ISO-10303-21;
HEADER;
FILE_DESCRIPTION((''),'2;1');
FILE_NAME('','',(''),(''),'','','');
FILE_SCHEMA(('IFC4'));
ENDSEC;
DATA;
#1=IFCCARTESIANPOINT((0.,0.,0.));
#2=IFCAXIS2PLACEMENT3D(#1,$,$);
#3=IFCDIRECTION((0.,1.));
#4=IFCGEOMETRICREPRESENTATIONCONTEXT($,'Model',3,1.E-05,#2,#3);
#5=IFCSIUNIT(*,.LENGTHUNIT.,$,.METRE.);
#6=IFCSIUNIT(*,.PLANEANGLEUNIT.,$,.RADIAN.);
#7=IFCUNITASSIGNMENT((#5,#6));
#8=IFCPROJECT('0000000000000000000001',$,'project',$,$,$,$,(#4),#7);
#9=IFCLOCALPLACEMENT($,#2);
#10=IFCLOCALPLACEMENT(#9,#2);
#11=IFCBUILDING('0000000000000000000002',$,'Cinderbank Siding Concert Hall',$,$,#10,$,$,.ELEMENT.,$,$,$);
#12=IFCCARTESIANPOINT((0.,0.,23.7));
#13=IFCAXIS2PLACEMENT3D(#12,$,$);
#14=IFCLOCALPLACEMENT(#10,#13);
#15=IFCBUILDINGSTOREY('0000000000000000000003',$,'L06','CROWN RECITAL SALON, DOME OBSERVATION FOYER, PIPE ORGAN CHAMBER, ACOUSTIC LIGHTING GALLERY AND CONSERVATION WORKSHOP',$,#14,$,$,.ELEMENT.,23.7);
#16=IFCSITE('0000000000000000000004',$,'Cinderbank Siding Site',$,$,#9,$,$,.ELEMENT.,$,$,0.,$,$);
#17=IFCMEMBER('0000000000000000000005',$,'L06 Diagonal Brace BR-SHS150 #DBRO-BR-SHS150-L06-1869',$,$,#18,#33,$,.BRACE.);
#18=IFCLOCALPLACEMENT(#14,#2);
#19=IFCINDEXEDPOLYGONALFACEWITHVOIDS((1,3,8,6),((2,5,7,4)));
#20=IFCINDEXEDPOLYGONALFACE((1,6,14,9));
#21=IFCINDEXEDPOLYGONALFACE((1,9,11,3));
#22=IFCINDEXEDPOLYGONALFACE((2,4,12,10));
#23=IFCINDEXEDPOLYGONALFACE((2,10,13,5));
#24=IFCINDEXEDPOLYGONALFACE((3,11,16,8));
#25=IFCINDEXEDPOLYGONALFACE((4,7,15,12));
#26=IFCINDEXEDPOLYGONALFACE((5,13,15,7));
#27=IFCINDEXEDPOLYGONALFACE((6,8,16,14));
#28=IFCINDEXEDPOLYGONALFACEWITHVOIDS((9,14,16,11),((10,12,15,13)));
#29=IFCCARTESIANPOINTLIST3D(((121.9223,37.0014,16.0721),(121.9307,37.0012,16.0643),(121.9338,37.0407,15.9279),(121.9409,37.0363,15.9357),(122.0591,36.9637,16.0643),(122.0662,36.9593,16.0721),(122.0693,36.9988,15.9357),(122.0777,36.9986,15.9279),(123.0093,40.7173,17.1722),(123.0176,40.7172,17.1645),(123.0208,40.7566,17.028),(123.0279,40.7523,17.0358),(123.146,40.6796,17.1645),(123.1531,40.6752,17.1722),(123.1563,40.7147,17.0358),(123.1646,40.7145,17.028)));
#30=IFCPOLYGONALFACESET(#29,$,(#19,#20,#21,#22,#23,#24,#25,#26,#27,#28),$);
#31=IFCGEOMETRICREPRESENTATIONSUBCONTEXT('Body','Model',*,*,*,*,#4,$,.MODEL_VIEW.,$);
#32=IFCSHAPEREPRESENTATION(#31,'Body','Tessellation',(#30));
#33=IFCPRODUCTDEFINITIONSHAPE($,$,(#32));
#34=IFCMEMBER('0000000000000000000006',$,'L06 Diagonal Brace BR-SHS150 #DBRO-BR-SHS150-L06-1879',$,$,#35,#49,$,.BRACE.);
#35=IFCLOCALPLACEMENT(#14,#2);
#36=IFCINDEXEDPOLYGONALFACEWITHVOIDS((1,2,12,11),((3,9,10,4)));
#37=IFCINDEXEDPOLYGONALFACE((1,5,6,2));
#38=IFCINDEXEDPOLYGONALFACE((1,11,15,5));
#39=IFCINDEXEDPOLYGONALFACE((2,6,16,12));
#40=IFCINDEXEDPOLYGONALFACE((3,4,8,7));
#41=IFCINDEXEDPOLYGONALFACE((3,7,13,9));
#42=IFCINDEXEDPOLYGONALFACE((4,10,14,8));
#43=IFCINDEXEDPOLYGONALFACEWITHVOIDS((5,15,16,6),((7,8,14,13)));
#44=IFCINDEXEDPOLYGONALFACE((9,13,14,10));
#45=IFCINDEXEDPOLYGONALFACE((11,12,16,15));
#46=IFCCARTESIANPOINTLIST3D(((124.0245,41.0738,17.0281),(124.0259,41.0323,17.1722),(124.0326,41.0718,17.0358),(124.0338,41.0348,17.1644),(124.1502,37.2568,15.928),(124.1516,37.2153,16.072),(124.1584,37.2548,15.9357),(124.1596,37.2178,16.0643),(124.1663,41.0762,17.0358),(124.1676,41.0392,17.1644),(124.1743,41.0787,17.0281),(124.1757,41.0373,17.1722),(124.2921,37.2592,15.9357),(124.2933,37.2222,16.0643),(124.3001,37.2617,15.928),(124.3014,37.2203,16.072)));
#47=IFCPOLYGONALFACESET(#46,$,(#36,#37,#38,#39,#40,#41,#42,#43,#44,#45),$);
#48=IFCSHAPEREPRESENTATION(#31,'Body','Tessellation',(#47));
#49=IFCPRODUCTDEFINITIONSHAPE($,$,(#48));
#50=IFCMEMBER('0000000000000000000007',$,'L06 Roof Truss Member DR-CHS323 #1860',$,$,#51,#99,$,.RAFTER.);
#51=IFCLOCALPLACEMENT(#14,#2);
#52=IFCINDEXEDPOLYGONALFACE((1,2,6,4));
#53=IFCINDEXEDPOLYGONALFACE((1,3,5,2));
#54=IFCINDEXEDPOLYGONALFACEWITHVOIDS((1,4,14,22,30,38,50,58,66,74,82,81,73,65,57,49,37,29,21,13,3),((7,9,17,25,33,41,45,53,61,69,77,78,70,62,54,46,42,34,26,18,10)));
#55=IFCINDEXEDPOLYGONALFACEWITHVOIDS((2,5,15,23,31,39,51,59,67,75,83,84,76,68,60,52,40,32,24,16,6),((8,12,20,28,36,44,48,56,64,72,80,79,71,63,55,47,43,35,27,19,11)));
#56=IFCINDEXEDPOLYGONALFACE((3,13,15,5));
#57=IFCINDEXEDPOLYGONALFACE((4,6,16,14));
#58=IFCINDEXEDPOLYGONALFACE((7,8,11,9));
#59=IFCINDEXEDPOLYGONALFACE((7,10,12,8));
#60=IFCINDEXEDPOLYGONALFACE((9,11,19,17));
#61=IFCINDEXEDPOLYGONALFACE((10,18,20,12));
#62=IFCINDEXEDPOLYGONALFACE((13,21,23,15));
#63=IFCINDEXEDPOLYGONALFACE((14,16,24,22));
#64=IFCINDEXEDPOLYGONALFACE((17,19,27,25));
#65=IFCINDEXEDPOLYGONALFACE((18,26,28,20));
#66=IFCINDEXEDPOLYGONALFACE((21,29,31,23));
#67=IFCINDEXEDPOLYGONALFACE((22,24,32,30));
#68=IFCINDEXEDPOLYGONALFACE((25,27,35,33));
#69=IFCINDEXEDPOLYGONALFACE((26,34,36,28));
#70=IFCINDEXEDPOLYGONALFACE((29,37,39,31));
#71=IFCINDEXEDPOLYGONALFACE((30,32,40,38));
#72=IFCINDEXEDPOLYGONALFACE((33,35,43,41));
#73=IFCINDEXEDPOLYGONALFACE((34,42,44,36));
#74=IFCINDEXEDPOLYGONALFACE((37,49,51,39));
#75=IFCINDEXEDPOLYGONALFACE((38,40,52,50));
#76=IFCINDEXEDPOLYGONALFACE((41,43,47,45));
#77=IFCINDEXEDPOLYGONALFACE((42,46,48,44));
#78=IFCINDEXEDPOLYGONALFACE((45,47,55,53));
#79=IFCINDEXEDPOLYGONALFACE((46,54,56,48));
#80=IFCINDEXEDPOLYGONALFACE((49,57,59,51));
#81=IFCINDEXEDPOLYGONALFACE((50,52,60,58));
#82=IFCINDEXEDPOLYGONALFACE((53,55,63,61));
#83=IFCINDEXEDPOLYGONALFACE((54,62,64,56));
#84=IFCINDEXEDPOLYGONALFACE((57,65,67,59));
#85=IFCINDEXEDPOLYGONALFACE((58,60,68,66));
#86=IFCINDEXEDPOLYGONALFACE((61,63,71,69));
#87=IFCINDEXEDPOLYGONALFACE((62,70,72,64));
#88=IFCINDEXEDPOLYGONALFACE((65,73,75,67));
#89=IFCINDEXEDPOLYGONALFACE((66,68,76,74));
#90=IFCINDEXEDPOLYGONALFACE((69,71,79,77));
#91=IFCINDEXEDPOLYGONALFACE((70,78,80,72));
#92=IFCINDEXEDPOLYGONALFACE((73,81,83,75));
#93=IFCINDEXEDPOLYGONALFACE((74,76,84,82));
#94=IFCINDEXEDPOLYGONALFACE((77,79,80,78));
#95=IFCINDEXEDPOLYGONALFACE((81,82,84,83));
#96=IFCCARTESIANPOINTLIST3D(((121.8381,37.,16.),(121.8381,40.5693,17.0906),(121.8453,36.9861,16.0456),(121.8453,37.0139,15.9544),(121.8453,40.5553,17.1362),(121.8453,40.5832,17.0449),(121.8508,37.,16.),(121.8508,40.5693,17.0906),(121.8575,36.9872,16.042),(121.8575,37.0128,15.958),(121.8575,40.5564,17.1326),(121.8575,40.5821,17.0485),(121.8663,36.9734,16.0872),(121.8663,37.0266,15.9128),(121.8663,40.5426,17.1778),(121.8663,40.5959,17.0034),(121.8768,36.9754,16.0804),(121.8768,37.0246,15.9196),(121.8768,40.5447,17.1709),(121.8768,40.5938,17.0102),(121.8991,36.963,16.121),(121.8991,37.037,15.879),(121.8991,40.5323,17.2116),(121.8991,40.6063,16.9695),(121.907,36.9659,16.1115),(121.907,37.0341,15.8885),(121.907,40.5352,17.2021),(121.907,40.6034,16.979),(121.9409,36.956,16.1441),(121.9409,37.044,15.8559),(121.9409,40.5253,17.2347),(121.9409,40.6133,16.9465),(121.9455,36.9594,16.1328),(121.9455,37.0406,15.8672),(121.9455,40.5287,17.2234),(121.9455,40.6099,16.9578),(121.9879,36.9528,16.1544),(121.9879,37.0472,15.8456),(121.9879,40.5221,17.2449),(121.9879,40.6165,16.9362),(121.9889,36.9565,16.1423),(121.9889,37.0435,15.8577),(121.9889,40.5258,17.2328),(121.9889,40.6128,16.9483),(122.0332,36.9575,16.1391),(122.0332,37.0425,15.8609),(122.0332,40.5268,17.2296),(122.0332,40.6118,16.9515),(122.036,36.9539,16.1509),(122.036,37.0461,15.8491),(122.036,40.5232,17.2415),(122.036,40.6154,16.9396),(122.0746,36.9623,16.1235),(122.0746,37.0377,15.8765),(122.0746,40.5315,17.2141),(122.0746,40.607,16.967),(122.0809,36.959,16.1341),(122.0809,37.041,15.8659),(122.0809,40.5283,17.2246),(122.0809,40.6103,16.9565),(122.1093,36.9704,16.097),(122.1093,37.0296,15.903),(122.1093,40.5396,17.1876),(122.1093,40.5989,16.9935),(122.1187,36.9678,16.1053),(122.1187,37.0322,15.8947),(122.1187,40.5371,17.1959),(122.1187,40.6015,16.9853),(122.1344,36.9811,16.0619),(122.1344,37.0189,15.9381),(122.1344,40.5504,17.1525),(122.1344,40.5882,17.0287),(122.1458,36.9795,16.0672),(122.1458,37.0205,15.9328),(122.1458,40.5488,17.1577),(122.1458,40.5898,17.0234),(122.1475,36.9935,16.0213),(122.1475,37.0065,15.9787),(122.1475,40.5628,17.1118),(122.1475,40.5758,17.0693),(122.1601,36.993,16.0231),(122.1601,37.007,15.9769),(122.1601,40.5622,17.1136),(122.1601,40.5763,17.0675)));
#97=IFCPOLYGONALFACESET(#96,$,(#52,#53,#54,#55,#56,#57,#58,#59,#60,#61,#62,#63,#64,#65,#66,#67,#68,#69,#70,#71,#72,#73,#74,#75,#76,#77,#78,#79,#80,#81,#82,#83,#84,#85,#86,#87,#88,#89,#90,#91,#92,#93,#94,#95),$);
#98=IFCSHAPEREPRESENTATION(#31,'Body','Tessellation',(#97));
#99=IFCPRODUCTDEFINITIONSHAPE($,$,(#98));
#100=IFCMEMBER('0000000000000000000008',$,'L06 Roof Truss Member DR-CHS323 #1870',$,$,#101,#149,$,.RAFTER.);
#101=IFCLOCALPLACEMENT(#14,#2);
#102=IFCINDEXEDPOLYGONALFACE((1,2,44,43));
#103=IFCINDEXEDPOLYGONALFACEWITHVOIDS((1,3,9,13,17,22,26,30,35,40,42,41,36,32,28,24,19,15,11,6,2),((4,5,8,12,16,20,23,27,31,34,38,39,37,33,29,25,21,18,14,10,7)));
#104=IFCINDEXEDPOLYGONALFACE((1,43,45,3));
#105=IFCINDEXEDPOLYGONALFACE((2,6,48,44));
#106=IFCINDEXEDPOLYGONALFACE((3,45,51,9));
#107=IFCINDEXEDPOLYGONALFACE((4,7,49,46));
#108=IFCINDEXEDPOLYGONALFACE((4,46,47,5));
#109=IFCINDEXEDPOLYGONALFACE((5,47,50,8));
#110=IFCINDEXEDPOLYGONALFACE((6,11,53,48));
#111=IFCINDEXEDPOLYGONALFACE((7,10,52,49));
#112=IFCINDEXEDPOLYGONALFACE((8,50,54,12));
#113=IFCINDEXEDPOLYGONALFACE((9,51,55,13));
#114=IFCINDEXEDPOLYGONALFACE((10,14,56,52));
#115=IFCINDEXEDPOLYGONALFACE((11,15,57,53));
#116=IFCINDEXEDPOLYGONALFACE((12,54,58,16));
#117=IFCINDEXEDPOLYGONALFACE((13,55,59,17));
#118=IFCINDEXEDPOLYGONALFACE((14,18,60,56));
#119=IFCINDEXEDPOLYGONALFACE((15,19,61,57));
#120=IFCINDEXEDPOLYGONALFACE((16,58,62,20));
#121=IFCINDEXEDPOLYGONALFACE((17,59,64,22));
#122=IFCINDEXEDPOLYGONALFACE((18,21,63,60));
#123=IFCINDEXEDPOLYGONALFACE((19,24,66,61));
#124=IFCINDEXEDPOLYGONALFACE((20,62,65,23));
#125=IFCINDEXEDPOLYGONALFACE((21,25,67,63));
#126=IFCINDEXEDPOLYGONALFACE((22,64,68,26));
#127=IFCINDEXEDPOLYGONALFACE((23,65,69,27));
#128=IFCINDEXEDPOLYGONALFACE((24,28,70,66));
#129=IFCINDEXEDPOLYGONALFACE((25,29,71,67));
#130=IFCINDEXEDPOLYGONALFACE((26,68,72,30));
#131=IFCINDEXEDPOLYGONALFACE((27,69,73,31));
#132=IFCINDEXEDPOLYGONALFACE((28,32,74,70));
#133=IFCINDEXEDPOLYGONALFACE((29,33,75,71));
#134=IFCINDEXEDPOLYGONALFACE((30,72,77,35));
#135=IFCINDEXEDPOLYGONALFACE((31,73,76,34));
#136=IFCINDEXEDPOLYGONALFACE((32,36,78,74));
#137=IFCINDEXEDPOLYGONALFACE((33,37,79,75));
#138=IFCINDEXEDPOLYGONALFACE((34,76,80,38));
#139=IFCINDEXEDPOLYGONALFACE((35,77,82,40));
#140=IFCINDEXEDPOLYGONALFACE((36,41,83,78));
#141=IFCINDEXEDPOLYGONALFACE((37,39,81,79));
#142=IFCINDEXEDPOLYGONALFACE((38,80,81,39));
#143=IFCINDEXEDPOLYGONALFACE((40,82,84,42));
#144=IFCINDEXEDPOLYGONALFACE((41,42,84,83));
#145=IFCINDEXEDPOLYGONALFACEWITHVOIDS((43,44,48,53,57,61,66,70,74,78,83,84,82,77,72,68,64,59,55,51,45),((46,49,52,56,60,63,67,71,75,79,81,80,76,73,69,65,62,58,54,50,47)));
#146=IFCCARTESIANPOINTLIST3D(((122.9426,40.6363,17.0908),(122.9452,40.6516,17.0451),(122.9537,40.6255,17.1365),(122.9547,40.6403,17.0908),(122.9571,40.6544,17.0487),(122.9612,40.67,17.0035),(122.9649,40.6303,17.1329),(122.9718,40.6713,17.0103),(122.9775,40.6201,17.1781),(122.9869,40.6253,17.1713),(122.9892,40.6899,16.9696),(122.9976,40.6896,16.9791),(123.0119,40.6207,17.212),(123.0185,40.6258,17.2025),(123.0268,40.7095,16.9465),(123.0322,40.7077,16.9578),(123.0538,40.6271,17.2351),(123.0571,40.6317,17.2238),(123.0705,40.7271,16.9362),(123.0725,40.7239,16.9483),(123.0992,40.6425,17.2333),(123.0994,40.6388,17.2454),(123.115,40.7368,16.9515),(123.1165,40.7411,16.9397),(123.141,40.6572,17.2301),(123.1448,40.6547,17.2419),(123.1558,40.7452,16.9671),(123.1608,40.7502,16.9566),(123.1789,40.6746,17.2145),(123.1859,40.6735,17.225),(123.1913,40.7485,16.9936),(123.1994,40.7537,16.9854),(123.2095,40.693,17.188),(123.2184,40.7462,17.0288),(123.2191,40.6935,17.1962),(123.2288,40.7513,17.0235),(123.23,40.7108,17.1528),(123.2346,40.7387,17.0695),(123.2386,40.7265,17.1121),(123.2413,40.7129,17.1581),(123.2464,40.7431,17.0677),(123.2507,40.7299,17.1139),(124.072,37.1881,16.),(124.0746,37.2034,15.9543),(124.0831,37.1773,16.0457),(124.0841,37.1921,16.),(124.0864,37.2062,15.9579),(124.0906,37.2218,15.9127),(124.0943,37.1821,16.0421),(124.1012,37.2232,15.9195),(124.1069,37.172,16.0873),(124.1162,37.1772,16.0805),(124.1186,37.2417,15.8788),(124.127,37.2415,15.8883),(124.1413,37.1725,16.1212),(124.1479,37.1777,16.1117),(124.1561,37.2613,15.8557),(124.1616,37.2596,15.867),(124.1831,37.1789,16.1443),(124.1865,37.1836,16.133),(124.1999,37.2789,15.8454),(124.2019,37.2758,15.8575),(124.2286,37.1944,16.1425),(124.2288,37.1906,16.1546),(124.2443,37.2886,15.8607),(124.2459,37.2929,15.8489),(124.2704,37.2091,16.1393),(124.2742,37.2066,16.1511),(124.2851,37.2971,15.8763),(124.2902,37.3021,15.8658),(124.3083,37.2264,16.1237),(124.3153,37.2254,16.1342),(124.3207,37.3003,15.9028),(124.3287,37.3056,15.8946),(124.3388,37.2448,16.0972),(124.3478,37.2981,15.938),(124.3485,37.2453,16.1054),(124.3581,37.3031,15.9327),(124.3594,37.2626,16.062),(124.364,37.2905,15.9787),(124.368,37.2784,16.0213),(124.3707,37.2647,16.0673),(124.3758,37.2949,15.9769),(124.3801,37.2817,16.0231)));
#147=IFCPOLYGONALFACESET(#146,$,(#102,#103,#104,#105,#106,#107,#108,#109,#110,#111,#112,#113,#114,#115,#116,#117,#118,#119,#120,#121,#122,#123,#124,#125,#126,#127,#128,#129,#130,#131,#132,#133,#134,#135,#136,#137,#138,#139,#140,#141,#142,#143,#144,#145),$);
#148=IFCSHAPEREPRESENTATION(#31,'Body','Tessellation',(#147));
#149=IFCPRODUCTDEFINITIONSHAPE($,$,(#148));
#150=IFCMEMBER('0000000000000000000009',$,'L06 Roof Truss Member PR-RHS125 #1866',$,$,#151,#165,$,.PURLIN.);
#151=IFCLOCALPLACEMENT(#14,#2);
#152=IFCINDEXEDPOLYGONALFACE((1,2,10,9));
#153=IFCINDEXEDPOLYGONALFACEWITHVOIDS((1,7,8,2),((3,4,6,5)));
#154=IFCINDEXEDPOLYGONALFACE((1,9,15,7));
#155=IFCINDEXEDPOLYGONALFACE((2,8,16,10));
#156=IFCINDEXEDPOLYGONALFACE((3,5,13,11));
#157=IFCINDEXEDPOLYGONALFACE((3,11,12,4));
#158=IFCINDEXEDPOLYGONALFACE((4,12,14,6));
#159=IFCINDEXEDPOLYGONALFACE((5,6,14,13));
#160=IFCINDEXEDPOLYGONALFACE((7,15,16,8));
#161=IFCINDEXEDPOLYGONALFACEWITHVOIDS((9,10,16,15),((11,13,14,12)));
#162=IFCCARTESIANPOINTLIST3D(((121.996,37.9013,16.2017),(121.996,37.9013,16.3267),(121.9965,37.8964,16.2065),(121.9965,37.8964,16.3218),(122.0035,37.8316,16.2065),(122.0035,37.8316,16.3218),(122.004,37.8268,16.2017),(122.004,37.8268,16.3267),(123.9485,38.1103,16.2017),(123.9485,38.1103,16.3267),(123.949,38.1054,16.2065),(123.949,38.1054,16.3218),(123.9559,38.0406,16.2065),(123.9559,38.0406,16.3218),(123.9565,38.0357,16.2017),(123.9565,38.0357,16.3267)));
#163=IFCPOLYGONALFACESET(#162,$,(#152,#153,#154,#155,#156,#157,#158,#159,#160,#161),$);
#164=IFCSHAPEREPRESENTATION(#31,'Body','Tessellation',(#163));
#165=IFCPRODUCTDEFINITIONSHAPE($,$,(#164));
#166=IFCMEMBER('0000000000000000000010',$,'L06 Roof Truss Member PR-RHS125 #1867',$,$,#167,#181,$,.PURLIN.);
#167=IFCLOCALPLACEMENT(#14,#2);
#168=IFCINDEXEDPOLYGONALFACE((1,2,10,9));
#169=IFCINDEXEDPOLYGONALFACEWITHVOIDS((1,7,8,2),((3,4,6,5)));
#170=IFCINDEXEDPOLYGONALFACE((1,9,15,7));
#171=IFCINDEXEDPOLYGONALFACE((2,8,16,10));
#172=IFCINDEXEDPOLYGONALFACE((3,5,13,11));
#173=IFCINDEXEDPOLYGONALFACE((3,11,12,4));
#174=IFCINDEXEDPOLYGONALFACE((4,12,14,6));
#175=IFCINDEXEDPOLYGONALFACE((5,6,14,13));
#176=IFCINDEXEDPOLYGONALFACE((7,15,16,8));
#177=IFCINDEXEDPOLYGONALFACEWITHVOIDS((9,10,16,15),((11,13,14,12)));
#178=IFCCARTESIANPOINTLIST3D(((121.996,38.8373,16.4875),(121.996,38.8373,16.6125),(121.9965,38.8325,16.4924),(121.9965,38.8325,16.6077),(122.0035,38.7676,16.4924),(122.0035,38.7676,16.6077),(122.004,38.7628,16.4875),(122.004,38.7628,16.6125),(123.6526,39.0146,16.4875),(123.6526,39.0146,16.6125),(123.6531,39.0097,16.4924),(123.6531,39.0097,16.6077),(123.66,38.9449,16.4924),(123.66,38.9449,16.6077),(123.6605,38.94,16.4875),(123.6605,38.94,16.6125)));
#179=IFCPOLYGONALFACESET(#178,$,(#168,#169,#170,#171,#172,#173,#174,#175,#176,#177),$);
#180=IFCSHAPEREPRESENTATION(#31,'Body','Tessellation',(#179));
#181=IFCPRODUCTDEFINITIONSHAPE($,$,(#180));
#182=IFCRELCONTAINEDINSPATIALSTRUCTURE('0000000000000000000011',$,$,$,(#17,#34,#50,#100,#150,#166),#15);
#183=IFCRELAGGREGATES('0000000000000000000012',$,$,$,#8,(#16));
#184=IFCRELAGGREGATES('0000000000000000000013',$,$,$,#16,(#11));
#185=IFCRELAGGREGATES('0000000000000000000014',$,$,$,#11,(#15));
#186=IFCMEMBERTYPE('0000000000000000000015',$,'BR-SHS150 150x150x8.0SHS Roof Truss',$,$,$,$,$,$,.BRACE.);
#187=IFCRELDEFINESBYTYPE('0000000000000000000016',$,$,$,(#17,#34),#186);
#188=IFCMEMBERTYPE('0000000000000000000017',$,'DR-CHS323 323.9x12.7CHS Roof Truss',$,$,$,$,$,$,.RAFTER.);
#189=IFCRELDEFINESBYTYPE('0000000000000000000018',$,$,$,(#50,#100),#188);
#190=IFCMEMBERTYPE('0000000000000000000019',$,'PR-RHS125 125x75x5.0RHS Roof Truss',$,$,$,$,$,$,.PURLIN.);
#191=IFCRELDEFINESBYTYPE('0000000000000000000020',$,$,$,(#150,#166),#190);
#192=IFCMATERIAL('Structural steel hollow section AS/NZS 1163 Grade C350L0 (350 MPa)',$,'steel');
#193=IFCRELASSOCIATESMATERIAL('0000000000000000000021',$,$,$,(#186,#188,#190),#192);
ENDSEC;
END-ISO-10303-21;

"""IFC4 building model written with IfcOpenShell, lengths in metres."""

from ifc_helpers import new_model, si_unit, direction, frame, origin, origin_2d, place, context, subcontext, project, spatial, hollow_rectangle, hollow_circle, extrude, material, material_profile, profile_set, type_object, element, save


model = new_model("IFC4")

# Units and contexts
model_context = context("Model", 3, precision=1e-05, world=origin(), true_north=direction((0.0, 1.0)))
body_context = subcontext(model_context, "Body", "Model", "MODEL_VIEW")
ifc_project = project(units=[si_unit("LENGTHUNIT", "METRE"), si_unit("PLANEANGLEUNIT", "RADIAN")], contexts=[model_context])

# Site, building, storey
site_placement = place(None, origin())
site = spatial("IfcSite", under=ifc_project, at=site_placement, Name="Cinderbank Siding Site", CompositionType="ELEMENT", RefElevation=0.0)
building_placement = place(site_placement, origin())
building = spatial("IfcBuilding", under=site, at=building_placement, Name="Cinderbank Siding Concert Hall", CompositionType="ELEMENT")
storey_placement = place(building_placement, frame((0.0, 0.0, 23.7)))
storey = spatial("IfcBuildingStorey", under=building, at=storey_placement, Name="L06", Description="CROWN RECITAL SALON, DOME OBSERVATION FOYER, PIPE ORGAN CHAMBER, ACOUSTIC LIGHTING GALLERY AND CONSERVATION WORKSHOP", CompositionType="ELEMENT", Elevation=23.7)

# Members
ifc_material_1 = material(Name="Structural steel hollow section AS/NZS 1163 Grade C350L0 (350 MPa)", Category="steel")
ifc_material_profile_1 = material_profile(ifc_material_1, hollow_rectangle(XDim=0.1499, YDim=0.1499, WallThickness=0.0081, at=origin_2d()), Name="150x150x8.0SHS", Category="LoadBearing")
ifc_profile_set_1 = profile_set([ifc_material_profile_1], Name="Structural steel hollow section AS/NZS 1163 Grade C350L0 (350 MPa)")
member_type_1 = type_object("IfcMemberType", Name="BR-SHS150 150x150x8.0SHS Roof Truss", PredefinedType="BRACE", material=ifc_profile_set_1)
member_1_placement = place(storey_placement, frame((122.0, 37.0, 16.0), z_axis=(0.270055, 0.923234, 0.273331), x_axis=(-0.959782, 0.280746, 0.0)))
element("IfcMember", 1, at=member_1_placement, inside=storey, type_object=member_type_1, Name="L06 Diagonal Brace BR-SHS150 #DBRO-BR-SHS150-L06-1869", PredefinedType="BRACE", context=body_context, shape_type="SweptSolid", body=[
    extrude(hollow_rectangle(XDim=0.1499, YDim=0.1499, WallThickness=0.0081, at=origin_2d()), origin(), (0.0, 0.0, 1.0), 4.0249),
])
member_2_placement = place(storey_placement, frame((124.2258, 37.2385, 16.0), z_axis=(-0.031637, 0.960405, 0.276806), x_axis=(-0.999458, -0.032923, 0.0)))
element("IfcMember", 2, at=member_2_placement, inside=storey, type_object=member_type_1, Name="L06 Diagonal Brace BR-SHS150 #DBRO-BR-SHS150-L06-1879", PredefinedType="BRACE", context=body_context, shape_type="SweptSolid", body=[
    extrude(hollow_rectangle(XDim=0.1499, YDim=0.1499, WallThickness=0.0081, at=origin_2d()), origin(), (0.0, 0.0, 1.0), 3.9744),
])
ifc_material_profile_2 = material_profile(ifc_material_1, hollow_circle(Radius=0.1619, WallThickness=0.0127, at=origin_2d()), Name="323.9x12.7CHS", Category="LoadBearing")
ifc_profile_set_2 = profile_set([ifc_material_profile_2], Name="Structural steel hollow section AS/NZS 1163 Grade C350L0 (350 MPa)")
member_type_2 = type_object("IfcMemberType", Name="DR-CHS323 323.9x12.7CHS Roof Truss", PredefinedType="RAFTER", material=ifc_profile_set_2)
member_3_placement = place(storey_placement, frame((122.0, 37.0, 16.0), z_axis=(0.0, 0.956356, 0.292205), x_axis=(-1.0, 0.0, 0.0)))
element("IfcMember", 3, at=member_3_placement, inside=storey, type_object=member_type_2, Name="L06 Roof Truss Member DR-CHS323 #1860", PredefinedType="RAFTER", context=body_context, shape_type="SweptSolid", body=[
    extrude(hollow_circle(Radius=0.1619, WallThickness=0.0127, at=origin_2d()), origin(), (0.0, 0.0, 1.0), 3.7322),
])
member_4_placement = place(storey_placement, frame((124.2258, 37.2385, 16.0), z_axis=(-0.298079, 0.91009, 0.287899), x_axis=(-0.950325, -0.311258, 0.0)))
element("IfcMember", 4, at=member_4_placement, inside=storey, type_object=member_type_2, Name="L06 Roof Truss Member DR-CHS323 #1870", PredefinedType="RAFTER", context=body_context, shape_type="SweptSolid", body=[
    extrude(hollow_circle(Radius=0.1619, WallThickness=0.0127, at=origin_2d()), origin(), (0.0, 0.0, 1.0), 3.7888),
])
ifc_material_profile_3 = material_profile(ifc_material_1, hollow_rectangle(XDim=0.075, YDim=0.125, WallThickness=0.0049, at=origin_2d()), Name="125x75x5.0RHS", Category="LoadBearing")
ifc_profile_set_3 = profile_set([ifc_material_profile_3], Name="Structural steel hollow section AS/NZS 1163 Grade C350L0 (350 MPa)")
member_type_3 = type_object("IfcMemberType", Name="PR-RHS125 125x75x5.0RHS Roof Truss", PredefinedType="PURLIN", material=ifc_profile_set_3)
member_5_placement = place(storey_placement, frame((122.0, 37.864, 16.2642), z_axis=(0.99432, 0.106432, 0.0), x_axis=(-0.106432, 0.99432, 0.0)))
element("IfcMember", 5, at=member_5_placement, inside=storey, type_object=member_type_3, Name="L06 Roof Truss Member PR-RHS125 #1866", PredefinedType="PURLIN", context=body_context, shape_type="SweptSolid", body=[
    extrude(hollow_rectangle(XDim=0.075, YDim=0.125, WallThickness=0.0049, at=origin_2d()), origin(), (0.0, 0.0, 1.0), 1.9636),
])
member_6_placement = place(storey_placement, frame((122.0, 38.8, 16.55), z_axis=(0.994324, 0.106393, 0.0), x_axis=(-0.106393, 0.994324, 0.0)))
element("IfcMember", 6, at=member_6_placement, inside=storey, type_object=member_type_3, Name="L06 Roof Truss Member PR-RHS125 #1867", PredefinedType="PURLIN", context=body_context, shape_type="SweptSolid", body=[
    extrude(hollow_rectangle(XDim=0.075, YDim=0.125, WallThickness=0.0049, at=origin_2d()), origin(), (0.0, 0.0, 1.0), 1.666),
])

save(model, "model.ifc")
